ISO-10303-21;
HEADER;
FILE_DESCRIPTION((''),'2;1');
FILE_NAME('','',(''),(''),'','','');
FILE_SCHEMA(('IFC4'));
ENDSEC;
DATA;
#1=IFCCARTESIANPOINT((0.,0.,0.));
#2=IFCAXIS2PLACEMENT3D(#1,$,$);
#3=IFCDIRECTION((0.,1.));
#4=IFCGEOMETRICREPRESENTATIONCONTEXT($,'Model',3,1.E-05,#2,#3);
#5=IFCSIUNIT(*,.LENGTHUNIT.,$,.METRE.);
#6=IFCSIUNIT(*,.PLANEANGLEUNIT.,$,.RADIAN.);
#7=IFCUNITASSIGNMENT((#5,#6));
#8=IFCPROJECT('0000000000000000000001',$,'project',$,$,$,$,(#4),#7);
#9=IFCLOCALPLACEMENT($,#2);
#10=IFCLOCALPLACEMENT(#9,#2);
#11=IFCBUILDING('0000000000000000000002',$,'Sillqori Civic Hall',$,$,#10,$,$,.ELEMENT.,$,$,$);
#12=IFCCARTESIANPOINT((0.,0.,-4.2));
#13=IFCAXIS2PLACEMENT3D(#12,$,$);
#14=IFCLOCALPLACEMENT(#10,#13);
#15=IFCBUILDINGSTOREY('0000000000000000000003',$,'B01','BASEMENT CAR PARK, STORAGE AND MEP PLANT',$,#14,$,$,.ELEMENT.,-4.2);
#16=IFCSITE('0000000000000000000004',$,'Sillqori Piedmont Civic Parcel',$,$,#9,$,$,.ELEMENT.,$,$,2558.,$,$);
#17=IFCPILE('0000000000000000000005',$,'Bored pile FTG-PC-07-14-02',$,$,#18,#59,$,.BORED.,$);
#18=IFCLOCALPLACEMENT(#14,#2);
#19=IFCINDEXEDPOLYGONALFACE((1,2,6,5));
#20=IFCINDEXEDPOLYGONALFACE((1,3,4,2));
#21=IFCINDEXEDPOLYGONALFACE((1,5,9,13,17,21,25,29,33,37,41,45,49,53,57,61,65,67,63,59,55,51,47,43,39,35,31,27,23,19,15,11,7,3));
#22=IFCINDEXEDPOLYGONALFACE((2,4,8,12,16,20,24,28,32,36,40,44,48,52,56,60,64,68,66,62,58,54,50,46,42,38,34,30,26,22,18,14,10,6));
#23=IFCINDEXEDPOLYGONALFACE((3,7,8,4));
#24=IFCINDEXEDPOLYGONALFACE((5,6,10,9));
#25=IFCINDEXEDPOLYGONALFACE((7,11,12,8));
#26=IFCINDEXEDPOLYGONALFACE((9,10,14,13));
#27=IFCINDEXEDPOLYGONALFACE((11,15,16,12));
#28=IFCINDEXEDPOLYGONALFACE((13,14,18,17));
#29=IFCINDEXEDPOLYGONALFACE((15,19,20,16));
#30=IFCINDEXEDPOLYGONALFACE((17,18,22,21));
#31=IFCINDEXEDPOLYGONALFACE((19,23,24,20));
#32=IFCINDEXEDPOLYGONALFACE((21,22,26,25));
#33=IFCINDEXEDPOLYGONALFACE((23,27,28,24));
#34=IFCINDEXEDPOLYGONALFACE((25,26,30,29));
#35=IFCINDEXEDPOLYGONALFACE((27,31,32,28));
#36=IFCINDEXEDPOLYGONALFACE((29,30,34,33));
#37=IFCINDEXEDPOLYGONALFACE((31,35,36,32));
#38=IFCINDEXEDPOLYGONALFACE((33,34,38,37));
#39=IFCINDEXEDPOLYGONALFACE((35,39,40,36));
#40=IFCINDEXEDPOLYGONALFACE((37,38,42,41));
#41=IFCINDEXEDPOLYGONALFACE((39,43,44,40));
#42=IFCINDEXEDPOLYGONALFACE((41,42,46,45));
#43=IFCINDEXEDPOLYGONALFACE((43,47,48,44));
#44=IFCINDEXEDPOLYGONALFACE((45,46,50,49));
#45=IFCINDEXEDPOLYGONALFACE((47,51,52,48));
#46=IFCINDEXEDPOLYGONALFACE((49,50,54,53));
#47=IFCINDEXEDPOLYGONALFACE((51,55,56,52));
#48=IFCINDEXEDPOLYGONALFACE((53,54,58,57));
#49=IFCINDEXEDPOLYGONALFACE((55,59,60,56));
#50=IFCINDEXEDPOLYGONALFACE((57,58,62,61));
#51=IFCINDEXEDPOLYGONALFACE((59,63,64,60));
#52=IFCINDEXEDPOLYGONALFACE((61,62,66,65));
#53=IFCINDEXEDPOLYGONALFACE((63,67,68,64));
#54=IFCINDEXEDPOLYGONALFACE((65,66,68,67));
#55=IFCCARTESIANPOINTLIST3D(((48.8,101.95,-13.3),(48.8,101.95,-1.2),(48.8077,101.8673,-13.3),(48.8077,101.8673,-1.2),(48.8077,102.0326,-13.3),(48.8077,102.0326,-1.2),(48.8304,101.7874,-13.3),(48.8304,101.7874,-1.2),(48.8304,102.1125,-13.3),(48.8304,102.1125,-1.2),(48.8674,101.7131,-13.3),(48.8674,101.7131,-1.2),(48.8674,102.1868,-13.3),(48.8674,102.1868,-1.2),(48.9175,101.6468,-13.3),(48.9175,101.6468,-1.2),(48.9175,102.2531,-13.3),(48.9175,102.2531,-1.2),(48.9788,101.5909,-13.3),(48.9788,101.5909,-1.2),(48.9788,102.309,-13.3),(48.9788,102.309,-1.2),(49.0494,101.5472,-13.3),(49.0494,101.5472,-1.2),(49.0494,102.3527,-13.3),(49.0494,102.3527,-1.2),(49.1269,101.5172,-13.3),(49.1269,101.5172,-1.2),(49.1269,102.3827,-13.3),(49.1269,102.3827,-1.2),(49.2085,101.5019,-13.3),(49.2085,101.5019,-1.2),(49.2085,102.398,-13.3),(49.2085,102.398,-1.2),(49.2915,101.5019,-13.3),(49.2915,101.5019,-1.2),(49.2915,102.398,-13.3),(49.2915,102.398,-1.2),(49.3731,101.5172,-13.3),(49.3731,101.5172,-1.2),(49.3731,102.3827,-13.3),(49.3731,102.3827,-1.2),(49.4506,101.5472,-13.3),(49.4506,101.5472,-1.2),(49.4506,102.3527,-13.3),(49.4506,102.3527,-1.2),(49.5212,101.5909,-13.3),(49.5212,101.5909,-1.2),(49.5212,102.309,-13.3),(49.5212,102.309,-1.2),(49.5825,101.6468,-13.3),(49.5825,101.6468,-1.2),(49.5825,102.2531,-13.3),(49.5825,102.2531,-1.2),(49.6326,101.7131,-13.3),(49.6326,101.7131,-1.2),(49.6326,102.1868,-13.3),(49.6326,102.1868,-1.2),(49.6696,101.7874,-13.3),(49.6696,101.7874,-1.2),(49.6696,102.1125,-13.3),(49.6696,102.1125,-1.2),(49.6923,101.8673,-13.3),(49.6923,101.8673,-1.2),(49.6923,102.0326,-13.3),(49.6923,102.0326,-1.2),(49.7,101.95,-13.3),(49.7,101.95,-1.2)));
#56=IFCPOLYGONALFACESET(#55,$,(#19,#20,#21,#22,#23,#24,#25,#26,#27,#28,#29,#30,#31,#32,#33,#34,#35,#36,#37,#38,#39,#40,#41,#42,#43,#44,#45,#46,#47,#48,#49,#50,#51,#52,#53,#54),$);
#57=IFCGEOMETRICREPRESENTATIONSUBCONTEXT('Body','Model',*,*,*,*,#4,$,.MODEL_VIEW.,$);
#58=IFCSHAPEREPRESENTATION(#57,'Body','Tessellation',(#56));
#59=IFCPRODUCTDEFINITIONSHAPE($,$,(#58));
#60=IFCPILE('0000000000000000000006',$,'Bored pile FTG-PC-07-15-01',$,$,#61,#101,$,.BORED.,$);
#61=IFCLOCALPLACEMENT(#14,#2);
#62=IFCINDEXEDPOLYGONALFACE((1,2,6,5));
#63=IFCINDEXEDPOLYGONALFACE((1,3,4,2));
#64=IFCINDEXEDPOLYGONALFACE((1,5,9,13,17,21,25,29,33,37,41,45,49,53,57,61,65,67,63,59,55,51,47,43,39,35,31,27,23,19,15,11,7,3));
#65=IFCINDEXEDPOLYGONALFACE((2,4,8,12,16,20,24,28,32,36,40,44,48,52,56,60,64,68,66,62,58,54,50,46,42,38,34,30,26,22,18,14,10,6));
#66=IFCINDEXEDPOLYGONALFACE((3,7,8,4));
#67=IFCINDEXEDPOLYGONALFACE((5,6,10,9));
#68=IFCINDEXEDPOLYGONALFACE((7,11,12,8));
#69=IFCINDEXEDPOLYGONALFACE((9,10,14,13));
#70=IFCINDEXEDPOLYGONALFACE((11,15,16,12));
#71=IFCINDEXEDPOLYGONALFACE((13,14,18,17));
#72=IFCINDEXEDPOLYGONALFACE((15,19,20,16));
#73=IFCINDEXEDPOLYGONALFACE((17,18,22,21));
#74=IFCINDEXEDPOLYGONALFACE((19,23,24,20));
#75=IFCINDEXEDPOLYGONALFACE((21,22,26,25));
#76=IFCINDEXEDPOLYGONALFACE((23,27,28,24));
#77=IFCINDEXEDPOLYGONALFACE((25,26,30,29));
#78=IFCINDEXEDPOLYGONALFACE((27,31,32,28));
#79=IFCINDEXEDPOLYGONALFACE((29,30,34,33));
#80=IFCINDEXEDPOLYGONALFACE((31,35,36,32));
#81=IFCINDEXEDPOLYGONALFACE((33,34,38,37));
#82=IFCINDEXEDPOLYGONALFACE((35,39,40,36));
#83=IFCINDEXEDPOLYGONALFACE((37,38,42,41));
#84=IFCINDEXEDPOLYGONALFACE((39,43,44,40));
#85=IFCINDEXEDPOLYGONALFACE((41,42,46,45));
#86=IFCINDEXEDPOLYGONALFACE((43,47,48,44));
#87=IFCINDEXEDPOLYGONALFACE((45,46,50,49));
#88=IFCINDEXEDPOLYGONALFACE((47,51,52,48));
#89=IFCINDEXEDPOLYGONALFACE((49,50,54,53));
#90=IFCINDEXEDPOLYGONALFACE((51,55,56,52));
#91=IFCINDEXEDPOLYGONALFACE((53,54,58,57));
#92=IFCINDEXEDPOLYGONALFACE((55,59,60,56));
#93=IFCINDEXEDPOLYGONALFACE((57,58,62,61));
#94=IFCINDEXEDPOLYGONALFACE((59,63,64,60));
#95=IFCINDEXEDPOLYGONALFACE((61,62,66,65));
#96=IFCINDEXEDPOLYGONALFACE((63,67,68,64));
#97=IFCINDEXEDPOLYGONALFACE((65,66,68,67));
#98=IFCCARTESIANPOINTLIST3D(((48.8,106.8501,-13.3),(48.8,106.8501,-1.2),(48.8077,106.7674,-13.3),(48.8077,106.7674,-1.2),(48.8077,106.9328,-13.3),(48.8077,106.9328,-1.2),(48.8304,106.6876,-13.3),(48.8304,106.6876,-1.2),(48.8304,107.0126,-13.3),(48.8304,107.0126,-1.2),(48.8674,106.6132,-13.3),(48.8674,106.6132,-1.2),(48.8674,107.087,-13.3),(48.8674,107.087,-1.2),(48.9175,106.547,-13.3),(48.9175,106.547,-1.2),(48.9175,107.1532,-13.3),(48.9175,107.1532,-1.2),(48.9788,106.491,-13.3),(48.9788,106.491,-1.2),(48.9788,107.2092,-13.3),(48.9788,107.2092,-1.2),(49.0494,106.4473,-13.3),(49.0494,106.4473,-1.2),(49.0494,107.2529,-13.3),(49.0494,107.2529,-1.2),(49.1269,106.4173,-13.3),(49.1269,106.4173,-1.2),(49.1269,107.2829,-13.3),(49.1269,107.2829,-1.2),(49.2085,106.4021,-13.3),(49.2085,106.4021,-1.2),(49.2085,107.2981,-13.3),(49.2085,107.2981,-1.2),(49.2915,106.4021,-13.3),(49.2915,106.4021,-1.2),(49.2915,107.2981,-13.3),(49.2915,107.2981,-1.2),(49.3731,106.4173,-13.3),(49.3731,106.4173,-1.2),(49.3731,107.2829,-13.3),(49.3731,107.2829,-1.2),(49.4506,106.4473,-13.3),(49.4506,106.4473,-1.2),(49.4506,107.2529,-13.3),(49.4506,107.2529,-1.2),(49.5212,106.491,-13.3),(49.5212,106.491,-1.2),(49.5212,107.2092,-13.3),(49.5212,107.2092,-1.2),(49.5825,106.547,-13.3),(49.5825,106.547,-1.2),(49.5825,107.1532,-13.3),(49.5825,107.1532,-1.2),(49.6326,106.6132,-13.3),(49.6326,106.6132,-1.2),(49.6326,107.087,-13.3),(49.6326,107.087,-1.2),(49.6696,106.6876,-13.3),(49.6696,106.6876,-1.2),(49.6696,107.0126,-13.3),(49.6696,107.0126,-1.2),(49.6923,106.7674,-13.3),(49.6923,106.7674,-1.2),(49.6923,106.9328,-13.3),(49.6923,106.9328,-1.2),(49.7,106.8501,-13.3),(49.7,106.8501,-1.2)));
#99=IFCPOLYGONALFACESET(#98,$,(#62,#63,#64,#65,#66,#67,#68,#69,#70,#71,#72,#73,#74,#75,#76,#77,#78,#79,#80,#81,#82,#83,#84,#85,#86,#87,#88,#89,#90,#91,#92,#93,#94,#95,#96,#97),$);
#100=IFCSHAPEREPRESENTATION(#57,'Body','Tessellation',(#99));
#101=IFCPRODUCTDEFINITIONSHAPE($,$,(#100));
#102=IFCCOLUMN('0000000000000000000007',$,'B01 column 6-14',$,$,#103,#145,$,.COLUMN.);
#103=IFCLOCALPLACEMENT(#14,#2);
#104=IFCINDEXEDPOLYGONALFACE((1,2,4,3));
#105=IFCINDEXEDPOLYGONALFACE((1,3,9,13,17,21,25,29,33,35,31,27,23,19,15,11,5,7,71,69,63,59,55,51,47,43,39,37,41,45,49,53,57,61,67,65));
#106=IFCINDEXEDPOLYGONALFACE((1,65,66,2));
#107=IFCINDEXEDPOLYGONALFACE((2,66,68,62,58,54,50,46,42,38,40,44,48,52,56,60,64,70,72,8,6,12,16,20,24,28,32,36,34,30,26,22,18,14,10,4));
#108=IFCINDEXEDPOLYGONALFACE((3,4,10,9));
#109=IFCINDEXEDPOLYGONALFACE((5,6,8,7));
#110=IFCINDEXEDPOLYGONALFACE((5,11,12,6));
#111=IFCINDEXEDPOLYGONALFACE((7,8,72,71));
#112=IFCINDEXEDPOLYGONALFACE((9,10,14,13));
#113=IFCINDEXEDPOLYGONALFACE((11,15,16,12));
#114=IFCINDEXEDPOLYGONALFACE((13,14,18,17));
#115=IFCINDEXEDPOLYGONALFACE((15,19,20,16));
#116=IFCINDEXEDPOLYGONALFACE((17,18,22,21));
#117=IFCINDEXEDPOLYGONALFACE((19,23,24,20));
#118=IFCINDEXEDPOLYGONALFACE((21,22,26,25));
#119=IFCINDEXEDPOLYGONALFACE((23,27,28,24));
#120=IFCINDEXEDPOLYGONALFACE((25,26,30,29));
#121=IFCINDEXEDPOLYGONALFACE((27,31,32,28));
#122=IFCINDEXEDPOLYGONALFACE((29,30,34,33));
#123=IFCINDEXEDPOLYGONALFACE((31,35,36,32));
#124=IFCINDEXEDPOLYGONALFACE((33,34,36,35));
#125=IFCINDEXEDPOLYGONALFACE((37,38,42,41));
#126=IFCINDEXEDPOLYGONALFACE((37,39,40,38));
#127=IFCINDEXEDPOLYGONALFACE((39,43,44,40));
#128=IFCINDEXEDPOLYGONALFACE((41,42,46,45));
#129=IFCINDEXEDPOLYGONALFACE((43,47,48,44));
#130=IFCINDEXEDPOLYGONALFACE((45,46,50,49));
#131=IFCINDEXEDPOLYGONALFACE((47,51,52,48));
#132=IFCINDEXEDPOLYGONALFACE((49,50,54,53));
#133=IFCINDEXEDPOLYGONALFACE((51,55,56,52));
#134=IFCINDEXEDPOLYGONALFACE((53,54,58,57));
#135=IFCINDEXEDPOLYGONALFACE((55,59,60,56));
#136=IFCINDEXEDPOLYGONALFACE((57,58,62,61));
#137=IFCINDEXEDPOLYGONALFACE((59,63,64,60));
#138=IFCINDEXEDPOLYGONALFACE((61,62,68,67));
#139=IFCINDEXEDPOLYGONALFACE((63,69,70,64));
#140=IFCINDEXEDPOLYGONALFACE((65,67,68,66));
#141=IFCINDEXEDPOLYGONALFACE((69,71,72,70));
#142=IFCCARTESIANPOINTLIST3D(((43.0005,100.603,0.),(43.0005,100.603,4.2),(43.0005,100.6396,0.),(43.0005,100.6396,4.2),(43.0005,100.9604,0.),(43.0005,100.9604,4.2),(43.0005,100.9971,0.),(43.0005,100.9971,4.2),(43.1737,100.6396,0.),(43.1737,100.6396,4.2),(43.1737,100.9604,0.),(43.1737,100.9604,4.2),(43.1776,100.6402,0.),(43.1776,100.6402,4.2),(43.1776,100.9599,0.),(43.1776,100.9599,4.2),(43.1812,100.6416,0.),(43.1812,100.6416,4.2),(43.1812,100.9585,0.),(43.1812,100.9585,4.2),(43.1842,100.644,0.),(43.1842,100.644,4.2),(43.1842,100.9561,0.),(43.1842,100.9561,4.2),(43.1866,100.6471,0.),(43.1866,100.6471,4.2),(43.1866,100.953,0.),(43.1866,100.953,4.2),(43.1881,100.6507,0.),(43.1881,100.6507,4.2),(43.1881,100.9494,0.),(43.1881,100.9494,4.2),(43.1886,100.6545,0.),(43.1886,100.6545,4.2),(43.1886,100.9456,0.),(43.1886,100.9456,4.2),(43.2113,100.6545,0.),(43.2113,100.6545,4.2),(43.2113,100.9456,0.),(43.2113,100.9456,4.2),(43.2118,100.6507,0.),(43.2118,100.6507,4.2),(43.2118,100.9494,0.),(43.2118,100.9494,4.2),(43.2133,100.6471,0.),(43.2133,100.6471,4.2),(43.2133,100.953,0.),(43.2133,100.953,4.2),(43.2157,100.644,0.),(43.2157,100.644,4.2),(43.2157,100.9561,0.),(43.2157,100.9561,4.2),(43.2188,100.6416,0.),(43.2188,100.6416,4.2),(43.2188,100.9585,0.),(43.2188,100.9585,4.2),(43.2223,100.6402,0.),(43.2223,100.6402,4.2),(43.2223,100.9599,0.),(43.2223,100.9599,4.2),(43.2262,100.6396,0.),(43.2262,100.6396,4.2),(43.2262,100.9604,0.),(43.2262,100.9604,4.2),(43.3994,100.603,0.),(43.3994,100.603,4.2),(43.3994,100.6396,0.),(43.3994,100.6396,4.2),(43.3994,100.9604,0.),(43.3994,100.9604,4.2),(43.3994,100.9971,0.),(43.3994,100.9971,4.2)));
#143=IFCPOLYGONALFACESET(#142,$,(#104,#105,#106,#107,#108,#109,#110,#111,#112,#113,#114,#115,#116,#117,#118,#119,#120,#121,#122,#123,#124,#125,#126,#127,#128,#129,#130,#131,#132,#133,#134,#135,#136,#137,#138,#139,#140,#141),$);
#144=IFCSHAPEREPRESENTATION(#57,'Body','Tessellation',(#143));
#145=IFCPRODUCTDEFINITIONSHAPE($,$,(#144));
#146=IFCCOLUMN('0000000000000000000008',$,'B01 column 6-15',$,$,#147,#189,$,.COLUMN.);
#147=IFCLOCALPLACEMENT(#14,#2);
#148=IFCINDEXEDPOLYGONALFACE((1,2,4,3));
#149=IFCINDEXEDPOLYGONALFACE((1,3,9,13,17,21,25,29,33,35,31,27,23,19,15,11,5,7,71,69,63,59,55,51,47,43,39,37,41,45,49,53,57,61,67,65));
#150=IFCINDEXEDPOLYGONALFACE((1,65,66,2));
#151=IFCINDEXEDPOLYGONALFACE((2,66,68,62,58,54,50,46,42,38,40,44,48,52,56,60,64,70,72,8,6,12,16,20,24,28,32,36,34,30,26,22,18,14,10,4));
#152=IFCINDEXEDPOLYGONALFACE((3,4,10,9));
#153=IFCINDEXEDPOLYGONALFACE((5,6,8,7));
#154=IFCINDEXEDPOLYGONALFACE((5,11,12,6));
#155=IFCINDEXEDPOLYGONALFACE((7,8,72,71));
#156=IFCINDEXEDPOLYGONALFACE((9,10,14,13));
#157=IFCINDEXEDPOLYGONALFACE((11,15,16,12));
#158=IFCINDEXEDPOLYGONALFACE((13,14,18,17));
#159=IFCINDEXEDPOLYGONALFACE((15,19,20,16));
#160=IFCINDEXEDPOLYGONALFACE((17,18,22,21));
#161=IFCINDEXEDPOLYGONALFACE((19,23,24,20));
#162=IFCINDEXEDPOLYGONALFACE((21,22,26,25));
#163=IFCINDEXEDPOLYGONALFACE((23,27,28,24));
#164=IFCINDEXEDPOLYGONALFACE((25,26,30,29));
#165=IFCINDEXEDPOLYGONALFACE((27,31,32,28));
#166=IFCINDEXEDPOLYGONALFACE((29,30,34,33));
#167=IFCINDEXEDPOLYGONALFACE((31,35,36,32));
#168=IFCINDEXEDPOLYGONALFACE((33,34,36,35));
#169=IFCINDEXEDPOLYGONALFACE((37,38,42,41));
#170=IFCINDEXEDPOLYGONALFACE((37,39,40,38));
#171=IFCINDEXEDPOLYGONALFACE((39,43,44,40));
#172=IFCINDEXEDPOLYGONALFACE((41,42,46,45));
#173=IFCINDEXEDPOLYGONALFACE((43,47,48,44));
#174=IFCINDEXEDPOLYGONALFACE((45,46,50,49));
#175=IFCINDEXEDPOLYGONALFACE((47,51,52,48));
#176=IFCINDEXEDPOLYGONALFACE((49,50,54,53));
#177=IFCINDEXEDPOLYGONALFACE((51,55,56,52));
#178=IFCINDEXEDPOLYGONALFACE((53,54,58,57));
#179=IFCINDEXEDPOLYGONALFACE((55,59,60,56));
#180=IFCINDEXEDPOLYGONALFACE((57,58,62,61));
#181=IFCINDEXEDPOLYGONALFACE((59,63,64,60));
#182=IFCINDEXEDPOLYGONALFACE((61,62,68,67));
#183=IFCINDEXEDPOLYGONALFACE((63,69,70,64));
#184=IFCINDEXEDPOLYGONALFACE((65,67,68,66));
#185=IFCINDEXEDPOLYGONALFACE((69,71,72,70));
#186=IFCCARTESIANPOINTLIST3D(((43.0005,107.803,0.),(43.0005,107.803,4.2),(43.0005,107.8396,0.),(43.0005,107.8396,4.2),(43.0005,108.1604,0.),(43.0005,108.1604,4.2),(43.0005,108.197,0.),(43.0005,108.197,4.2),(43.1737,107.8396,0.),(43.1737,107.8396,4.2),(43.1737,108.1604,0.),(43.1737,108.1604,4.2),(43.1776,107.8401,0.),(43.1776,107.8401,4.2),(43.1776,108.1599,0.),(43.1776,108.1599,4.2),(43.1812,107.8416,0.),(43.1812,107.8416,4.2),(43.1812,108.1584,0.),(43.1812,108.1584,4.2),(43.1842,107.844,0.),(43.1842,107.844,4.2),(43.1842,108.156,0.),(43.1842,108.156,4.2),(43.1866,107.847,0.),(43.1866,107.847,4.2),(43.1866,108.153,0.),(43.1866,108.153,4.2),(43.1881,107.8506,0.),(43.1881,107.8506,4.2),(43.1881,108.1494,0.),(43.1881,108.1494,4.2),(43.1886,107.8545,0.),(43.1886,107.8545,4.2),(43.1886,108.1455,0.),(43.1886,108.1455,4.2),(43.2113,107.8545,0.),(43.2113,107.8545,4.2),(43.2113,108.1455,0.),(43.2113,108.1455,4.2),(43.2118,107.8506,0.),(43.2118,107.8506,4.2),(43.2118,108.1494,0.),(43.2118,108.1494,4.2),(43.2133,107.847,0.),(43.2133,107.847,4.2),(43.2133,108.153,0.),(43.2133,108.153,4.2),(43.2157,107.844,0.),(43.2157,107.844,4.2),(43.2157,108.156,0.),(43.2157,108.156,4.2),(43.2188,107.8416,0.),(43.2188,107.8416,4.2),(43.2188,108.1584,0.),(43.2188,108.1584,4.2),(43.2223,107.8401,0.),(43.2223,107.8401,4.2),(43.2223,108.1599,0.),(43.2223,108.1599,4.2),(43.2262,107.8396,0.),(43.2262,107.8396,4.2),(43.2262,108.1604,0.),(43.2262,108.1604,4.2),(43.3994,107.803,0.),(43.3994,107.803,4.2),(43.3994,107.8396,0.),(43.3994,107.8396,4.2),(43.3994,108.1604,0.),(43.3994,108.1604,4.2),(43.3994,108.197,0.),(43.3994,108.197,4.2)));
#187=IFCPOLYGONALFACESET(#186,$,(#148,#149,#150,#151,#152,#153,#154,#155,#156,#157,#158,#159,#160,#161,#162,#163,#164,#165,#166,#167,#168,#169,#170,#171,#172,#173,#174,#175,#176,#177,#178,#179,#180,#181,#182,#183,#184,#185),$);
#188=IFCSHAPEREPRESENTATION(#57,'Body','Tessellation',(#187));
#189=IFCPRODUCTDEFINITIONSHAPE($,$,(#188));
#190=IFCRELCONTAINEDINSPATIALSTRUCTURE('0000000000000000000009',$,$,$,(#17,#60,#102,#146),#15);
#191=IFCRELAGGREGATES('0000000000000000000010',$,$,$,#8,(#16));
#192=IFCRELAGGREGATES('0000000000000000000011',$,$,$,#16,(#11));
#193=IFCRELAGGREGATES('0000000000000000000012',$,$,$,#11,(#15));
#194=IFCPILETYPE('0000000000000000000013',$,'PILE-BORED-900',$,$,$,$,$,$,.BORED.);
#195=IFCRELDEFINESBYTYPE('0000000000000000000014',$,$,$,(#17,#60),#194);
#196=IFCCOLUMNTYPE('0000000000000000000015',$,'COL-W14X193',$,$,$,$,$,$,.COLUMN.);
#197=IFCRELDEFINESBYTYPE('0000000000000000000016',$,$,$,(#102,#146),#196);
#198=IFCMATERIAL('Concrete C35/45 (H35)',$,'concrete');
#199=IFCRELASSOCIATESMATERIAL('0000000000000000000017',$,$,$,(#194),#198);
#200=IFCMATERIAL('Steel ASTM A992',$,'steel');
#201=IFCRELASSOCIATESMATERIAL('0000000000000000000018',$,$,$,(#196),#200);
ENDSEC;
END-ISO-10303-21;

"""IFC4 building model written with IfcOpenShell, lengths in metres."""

from ifc_helpers import new_model, si_unit, direction, frame, origin, origin_2d, place, context, subcontext, project, spatial, circle, i_section, extrude, material, material_profile, profile_set, type_object, element, save


model = new_model("IFC4")

# Units and contexts
model_context = context("Model", 3, precision=1e-05, world=origin(), true_north=direction((0.0, 1.0)))
body_context = subcontext(model_context, "Body", "Model", "MODEL_VIEW")
ifc_project = project(units=[si_unit("LENGTHUNIT", "METRE"), si_unit("PLANEANGLEUNIT", "RADIAN")], contexts=[model_context])

# Site, building, storey
site_placement = place(None, origin())
site = spatial("IfcSite", under=ifc_project, at=site_placement, Name="Sillqori Piedmont Civic Parcel", CompositionType="ELEMENT", RefElevation=2558.0)
building_placement = place(site_placement, origin())
building = spatial("IfcBuilding", under=site, at=building_placement, Name="Sillqori Civic Hall", CompositionType="ELEMENT")
storey_placement = place(building_placement, frame((0.0, 0.0, -4.2)))
storey = spatial("IfcBuildingStorey", under=building, at=storey_placement, Name="B01", Description="BASEMENT CAR PARK, STORAGE AND MEP PLANT", CompositionType="ELEMENT", Elevation=-4.2)

# Shared definitions
ifc_material_1 = material(Name="Concrete C35/45 (H35)", Category="concrete")

# Piles
ifc_material_profile_1 = material_profile(ifc_material_1, circle(Radius=0.45, at=origin_2d()), Name="BORED PILE 900")
ifc_profile_set_1 = profile_set([ifc_material_profile_1], Name="Concrete C35/45 (H35)")
pile_type = type_object("IfcPileType", Name="PILE-BORED-900", PredefinedType="BORED", material=ifc_profile_set_1)
for number, where, z_axis, x_axis, name in (
    (1, (49.25, 101.95, -1.2), (0.0, 0.0, -1.0), (1.0, 0.0, 0.0), "Bored pile FTG-PC-07-14-02"),
    (2, (49.25, 106.8501, -1.2), (0.0, 0.0, -1.0), (1.0, 0.0, 0.0), "Bored pile FTG-PC-07-15-01"),
):
    element("IfcPile", number, at=place(storey_placement, frame(where, z_axis=z_axis, x_axis=x_axis)), inside=storey, type_object=pile_type, Name=name, PredefinedType="BORED", context=body_context, shape_type="SweptSolid", body=[
        extrude(circle(Radius=0.45, at=origin_2d()), origin(), (0.0, 0.0, 1.0), 12.1001),
    ])

# Columns
ifc_material_2 = material(Name="Steel ASTM A992", Category="steel")
ifc_material_profile_2 = material_profile(ifc_material_2, i_section(OverallWidth=0.3989, OverallDepth=0.394, WebThickness=0.0227, FlangeThickness=0.0366, FilletRadius=0.0149, at=origin_2d()), Name="W14X193")
ifc_profile_set_2 = profile_set([ifc_material_profile_2], Name="Steel ASTM A992")
column_type = type_object("IfcColumnType", Name="COL-W14X193", PredefinedType="COLUMN", material=ifc_profile_set_2)
for number, where, z_axis, x_axis, name in (
    (3, (43.2, 100.8, 0.0), (0.0, 0.0, 1.0), (1.0, 0.0, 0.0), "B01 column 6-14"),
    (4, (43.2, 108.0, 0.0), (0.0, 0.0, 1.0), (1.0, 0.0, 0.0), "B01 column 6-15"),
):
    element("IfcColumn", number, at=place(storey_placement, frame(where, z_axis=z_axis, x_axis=x_axis)), inside=storey, type_object=column_type, Name=name, PredefinedType="COLUMN", context=body_context, shape_type="SweptSolid", body=[
        extrude(i_section(OverallWidth=0.3989, OverallDepth=0.394, WebThickness=0.0227, FlangeThickness=0.0366, FilletRadius=0.0149, at=origin_2d()), origin(), (0.0, 0.0, 1.0), 4.2),
    ])

save(model, "model.ifc")
